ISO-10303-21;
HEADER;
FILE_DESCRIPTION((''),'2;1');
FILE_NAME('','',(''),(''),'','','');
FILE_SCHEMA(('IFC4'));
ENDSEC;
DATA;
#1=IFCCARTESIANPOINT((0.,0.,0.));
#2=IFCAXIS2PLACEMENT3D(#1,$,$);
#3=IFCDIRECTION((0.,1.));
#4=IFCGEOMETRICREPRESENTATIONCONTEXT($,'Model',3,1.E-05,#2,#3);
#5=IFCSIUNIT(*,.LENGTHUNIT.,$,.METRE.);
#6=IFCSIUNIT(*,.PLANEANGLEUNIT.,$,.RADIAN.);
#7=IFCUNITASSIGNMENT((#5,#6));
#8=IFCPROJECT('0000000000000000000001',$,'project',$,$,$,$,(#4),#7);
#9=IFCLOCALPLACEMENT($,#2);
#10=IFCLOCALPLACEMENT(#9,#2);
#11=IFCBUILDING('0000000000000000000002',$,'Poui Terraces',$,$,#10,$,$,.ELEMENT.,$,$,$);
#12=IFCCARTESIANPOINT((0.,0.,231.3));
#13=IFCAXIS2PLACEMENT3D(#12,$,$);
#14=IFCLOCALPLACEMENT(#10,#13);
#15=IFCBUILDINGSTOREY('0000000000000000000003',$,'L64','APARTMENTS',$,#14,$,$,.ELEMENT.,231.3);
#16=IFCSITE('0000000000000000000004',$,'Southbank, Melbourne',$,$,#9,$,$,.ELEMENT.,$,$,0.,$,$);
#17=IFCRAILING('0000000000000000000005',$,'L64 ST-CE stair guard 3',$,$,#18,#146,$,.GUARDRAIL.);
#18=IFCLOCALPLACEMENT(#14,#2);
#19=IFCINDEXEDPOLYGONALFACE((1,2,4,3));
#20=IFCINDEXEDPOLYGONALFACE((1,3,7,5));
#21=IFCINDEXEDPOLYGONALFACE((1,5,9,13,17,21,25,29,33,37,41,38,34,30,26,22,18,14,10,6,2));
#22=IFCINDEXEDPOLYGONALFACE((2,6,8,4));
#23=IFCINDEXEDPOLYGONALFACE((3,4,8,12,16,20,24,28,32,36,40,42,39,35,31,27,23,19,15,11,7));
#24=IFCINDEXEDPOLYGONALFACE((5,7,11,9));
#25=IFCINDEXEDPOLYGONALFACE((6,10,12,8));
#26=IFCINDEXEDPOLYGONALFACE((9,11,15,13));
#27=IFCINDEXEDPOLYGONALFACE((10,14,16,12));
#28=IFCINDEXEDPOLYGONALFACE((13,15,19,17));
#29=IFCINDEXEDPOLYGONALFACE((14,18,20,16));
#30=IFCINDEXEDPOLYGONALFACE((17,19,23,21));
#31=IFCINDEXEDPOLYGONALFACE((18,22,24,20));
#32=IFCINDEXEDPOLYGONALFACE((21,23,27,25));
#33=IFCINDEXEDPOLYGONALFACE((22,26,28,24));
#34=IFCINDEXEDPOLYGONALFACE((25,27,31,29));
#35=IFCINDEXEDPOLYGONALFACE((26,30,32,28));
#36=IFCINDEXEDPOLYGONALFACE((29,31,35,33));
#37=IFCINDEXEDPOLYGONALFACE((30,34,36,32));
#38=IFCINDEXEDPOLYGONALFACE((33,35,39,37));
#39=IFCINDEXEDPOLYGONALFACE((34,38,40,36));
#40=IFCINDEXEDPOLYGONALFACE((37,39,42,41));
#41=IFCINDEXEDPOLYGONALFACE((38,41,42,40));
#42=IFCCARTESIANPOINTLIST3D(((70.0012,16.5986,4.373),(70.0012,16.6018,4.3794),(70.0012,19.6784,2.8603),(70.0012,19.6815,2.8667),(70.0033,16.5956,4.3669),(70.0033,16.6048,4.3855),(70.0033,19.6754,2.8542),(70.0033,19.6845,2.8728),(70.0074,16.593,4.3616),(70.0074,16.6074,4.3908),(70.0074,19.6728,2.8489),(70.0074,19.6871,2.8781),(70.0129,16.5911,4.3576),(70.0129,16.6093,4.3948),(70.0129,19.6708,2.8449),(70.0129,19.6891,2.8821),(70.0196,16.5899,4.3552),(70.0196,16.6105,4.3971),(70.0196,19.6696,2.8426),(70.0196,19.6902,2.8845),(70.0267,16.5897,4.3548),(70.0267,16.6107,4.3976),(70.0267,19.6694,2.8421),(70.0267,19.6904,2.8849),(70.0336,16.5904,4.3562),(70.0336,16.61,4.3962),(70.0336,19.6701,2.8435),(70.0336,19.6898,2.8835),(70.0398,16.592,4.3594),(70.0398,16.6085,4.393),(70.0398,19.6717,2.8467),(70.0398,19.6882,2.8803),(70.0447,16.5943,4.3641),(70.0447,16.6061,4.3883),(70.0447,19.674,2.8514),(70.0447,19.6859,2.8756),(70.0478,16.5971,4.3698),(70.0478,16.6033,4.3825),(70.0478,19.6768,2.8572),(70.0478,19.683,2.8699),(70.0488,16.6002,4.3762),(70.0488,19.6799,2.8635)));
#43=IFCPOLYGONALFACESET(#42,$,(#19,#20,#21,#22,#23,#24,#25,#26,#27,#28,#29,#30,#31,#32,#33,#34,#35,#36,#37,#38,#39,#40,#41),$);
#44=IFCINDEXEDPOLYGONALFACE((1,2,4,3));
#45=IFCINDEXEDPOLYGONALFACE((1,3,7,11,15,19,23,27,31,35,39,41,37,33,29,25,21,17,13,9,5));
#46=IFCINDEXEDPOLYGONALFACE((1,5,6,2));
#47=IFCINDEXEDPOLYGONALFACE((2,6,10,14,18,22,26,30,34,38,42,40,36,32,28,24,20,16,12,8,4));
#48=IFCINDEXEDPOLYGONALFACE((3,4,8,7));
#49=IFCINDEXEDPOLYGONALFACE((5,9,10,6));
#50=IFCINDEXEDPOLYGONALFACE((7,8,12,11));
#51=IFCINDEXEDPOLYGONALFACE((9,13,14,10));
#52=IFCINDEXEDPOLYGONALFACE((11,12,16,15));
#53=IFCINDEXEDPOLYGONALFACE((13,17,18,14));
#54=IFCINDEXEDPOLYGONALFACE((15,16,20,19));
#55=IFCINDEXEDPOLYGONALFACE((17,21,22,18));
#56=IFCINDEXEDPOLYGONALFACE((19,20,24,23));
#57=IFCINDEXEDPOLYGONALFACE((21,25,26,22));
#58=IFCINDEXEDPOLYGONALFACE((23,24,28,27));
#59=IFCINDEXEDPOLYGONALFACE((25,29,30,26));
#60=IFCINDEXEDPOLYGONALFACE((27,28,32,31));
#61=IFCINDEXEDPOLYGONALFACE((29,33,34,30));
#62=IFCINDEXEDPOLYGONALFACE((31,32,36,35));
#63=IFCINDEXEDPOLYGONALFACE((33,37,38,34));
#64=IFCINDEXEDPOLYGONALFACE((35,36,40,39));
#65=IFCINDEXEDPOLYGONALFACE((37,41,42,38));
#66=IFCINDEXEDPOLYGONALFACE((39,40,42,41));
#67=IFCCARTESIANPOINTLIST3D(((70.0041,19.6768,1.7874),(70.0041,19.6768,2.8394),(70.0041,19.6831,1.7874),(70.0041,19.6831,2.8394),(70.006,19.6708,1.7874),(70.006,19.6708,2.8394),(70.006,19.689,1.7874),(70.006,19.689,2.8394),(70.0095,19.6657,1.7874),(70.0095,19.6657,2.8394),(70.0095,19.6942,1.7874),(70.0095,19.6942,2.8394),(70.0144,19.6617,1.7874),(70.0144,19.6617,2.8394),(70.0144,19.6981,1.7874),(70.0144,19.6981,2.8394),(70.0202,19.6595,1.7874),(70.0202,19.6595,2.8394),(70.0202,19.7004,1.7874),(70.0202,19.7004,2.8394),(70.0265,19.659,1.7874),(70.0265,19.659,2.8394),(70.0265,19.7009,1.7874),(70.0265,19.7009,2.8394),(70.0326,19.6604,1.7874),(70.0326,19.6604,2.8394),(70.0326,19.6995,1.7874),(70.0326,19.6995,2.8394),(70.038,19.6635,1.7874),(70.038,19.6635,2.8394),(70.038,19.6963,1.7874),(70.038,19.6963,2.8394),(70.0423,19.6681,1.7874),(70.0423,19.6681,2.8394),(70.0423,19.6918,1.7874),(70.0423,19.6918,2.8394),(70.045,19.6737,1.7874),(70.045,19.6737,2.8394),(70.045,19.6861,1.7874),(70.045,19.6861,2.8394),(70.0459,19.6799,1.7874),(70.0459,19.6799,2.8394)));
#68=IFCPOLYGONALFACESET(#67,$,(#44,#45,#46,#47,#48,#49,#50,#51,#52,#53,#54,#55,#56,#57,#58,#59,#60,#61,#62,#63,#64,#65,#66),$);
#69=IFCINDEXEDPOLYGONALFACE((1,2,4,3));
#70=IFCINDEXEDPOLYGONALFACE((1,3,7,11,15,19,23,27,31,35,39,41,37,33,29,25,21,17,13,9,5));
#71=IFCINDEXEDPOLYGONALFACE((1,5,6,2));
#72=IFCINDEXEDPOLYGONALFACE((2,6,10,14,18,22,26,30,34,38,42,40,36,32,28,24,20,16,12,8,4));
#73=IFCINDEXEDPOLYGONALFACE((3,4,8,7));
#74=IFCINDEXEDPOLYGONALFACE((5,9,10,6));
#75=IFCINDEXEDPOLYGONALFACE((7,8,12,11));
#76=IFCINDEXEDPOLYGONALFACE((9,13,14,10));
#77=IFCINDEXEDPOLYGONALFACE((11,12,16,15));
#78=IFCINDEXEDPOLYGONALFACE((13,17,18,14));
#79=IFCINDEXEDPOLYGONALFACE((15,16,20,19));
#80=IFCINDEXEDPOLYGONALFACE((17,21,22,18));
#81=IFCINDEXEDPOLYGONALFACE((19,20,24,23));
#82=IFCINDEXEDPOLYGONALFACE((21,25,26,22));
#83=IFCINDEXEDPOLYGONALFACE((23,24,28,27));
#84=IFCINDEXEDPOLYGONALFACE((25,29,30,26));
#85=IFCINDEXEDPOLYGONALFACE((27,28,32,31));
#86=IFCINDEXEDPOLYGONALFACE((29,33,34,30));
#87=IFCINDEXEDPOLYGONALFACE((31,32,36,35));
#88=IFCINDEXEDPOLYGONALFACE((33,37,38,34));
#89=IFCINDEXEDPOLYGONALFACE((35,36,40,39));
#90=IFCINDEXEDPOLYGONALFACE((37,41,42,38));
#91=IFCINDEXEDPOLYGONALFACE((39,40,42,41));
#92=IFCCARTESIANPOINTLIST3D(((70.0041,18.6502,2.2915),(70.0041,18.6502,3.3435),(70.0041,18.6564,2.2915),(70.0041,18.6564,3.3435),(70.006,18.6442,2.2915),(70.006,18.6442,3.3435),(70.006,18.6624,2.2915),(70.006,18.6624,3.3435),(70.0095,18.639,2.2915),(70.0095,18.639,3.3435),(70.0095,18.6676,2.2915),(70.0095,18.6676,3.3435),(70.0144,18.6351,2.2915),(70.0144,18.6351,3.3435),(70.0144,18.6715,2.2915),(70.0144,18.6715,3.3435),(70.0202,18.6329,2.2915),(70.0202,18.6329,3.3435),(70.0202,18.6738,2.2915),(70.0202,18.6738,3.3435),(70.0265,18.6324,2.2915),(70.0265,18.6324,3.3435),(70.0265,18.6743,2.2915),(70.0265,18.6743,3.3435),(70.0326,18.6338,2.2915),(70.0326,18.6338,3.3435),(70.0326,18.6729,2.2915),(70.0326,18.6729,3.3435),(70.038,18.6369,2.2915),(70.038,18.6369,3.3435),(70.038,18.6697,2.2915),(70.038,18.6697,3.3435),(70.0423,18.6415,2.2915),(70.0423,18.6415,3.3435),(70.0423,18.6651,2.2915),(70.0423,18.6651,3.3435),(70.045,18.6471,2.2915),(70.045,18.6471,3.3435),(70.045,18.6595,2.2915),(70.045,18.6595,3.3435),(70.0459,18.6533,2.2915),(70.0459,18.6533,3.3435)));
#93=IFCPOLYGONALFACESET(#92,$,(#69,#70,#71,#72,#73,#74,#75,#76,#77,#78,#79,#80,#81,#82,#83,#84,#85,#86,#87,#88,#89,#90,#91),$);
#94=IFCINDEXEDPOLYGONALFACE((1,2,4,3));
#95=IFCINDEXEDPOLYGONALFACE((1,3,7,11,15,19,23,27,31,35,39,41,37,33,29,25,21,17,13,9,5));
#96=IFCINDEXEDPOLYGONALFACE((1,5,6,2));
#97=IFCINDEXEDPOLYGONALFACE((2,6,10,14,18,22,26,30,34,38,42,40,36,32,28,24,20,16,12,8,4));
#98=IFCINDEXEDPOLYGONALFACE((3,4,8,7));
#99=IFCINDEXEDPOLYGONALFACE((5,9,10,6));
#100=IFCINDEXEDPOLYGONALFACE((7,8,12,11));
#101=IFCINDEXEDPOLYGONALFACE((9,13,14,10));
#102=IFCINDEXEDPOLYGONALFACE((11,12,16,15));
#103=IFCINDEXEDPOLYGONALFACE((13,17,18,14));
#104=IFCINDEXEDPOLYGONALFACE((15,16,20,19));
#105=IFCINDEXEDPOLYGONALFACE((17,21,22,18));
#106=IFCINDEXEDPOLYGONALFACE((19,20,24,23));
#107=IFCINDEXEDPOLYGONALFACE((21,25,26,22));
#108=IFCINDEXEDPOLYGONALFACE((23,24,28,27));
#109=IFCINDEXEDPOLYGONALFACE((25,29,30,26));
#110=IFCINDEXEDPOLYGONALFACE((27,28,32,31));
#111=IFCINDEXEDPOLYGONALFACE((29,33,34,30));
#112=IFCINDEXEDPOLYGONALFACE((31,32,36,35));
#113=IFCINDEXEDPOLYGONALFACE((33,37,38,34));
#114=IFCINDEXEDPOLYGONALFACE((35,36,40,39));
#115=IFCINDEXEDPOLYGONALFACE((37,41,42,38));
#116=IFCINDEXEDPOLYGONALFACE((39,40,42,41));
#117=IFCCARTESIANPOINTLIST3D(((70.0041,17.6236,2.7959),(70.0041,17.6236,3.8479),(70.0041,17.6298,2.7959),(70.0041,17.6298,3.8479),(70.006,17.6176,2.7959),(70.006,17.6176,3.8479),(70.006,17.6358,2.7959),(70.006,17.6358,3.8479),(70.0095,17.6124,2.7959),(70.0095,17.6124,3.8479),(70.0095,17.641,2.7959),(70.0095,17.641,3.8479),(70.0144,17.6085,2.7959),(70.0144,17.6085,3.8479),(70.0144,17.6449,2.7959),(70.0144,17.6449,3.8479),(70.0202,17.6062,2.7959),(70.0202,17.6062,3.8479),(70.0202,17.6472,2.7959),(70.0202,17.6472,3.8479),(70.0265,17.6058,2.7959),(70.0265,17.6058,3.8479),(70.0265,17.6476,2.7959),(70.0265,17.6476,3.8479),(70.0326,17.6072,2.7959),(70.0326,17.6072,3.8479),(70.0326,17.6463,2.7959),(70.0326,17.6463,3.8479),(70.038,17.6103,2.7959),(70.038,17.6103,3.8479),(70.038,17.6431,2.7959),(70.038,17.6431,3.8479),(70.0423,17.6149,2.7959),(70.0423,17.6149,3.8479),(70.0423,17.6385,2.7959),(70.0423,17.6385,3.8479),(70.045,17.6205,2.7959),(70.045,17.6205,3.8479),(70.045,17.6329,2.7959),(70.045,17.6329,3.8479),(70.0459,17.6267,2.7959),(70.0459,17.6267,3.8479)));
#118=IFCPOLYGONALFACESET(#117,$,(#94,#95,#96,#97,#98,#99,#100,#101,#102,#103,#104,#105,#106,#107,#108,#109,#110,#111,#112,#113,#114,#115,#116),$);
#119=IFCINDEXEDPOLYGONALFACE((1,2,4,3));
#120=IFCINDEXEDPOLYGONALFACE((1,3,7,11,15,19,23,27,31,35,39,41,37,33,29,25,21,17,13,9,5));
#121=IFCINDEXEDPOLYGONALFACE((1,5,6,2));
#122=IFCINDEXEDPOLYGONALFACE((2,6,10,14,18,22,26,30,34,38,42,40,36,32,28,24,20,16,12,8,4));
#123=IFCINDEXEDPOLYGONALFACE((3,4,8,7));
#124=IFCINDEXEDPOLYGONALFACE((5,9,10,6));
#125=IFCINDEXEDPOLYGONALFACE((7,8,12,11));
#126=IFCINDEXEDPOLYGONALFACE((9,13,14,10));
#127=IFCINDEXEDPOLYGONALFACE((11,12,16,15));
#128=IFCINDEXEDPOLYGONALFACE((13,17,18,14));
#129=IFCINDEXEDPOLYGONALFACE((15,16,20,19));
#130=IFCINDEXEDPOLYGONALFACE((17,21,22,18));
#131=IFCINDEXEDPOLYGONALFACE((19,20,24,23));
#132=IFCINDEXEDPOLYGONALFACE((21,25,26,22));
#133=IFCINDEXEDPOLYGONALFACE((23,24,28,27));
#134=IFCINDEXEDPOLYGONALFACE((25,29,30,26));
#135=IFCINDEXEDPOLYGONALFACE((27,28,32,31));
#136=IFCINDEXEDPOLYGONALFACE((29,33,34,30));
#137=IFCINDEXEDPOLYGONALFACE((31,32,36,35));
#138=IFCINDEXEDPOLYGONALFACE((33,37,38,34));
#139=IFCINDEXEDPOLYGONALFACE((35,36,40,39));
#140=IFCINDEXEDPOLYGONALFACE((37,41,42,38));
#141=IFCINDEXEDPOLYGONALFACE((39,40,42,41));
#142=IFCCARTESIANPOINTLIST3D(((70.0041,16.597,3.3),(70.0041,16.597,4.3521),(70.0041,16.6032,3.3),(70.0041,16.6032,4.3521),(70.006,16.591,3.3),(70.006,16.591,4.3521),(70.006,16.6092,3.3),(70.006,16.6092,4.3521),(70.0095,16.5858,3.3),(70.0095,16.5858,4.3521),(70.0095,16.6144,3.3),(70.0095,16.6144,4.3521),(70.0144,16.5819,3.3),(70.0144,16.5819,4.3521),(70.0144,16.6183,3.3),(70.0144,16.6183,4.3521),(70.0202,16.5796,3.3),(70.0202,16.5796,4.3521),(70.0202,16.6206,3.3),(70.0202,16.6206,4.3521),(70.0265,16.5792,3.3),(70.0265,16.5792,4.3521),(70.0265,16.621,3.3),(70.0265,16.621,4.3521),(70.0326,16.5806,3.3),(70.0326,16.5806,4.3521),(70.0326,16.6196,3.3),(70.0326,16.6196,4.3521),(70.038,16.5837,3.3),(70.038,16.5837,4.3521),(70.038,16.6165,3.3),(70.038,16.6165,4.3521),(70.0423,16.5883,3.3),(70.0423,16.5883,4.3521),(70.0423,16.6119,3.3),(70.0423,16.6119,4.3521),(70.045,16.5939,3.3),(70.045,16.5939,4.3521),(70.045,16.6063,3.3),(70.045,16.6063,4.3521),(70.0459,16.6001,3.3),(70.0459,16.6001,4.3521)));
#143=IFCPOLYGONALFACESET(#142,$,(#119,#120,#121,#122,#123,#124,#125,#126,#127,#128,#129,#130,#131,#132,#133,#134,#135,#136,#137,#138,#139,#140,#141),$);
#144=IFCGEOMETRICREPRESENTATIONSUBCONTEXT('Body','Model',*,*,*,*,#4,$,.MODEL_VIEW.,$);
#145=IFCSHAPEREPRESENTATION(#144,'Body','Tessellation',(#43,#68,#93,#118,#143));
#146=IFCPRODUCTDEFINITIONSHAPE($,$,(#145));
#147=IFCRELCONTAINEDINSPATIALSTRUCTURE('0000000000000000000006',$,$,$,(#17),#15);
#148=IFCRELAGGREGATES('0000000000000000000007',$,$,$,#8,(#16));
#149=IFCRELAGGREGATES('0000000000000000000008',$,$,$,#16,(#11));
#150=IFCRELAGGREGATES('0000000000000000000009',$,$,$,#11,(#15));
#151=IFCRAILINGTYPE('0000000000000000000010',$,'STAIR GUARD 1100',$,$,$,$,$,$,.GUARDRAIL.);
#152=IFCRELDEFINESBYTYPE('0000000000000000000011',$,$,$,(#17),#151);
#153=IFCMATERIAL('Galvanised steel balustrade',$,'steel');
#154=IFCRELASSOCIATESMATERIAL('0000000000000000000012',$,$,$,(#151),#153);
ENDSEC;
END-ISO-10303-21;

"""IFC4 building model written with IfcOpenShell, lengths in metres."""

from ifc_helpers import new_model, si_unit, direction, frame, origin, origin_2d, place, context, subcontext, project, spatial, circle, extrude, material, type_object, element, save


model = new_model("IFC4")

# Units and contexts
model_context = context("Model", 3, precision=1e-05, world=origin(), true_north=direction((0.0, 1.0)))
body_context = subcontext(model_context, "Body", "Model", "MODEL_VIEW")
ifc_project = project(units=[si_unit("LENGTHUNIT", "METRE"), si_unit("PLANEANGLEUNIT", "RADIAN")], contexts=[model_context])

# Site, building, storey
site_placement = place(None, origin())
site = spatial("IfcSite", under=ifc_project, at=site_placement, Name="Southbank, Melbourne", CompositionType="ELEMENT", RefElevation=0.0)
building_placement = place(site_placement, origin())
building = spatial("IfcBuilding", under=site, at=building_placement, Name="Poui Terraces", CompositionType="ELEMENT")
storey_placement = place(building_placement, frame((0.0, 0.0, 231.3)))
storey = spatial("IfcBuildingStorey", under=building, at=storey_placement, Name="L64", Description="APARTMENTS", CompositionType="ELEMENT", Elevation=231.3)

# Railing
ifc_material_1 = material(Name="Galvanised steel balustrade", Category="steel")
railing_type_1 = type_object("IfcRailingType", Name="STAIR GUARD 1100", PredefinedType="GUARDRAIL", material=ifc_material_1)
railing_1_placement = place(storey_placement, frame((70.0249, 19.6799, 1.7874)))
element("IfcRailing", 1, at=railing_1_placement, inside=storey, type_object=railing_type_1, Name="L64 ST-CE stair guard 3", PredefinedType="GUARDRAIL", context=body_context, shape_type="SweptSolid", body=[
    extrude(circle(Radius=0.0239, at=origin_2d()), frame((0.0, 0.0, 1.0762), z_axis=(0.0, -0.897578, 0.440856), x_axis=(1.0, 0.0, 0.0)), (0.0, 0.0, 1.0), 3.4312),
    extrude(circle(Radius=0.021, at=origin_2d()), origin(), (0.0, 0.0, 1.0), 1.052),
    extrude(circle(Radius=0.021, at=origin_2d()), frame((0.0, -1.0266, 0.5042)), (0.0, 0.0, 1.0), 1.052),
    extrude(circle(Radius=0.021, at=origin_2d()), frame((0.0, -2.0532, 1.0085)), (0.0, 0.0, 1.0), 1.052),
    extrude(circle(Radius=0.021, at=origin_2d()), frame((0.0, -3.0798, 1.5127)), (0.0, 0.0, 1.0), 1.052),
])

save(model, "model.ifc")
